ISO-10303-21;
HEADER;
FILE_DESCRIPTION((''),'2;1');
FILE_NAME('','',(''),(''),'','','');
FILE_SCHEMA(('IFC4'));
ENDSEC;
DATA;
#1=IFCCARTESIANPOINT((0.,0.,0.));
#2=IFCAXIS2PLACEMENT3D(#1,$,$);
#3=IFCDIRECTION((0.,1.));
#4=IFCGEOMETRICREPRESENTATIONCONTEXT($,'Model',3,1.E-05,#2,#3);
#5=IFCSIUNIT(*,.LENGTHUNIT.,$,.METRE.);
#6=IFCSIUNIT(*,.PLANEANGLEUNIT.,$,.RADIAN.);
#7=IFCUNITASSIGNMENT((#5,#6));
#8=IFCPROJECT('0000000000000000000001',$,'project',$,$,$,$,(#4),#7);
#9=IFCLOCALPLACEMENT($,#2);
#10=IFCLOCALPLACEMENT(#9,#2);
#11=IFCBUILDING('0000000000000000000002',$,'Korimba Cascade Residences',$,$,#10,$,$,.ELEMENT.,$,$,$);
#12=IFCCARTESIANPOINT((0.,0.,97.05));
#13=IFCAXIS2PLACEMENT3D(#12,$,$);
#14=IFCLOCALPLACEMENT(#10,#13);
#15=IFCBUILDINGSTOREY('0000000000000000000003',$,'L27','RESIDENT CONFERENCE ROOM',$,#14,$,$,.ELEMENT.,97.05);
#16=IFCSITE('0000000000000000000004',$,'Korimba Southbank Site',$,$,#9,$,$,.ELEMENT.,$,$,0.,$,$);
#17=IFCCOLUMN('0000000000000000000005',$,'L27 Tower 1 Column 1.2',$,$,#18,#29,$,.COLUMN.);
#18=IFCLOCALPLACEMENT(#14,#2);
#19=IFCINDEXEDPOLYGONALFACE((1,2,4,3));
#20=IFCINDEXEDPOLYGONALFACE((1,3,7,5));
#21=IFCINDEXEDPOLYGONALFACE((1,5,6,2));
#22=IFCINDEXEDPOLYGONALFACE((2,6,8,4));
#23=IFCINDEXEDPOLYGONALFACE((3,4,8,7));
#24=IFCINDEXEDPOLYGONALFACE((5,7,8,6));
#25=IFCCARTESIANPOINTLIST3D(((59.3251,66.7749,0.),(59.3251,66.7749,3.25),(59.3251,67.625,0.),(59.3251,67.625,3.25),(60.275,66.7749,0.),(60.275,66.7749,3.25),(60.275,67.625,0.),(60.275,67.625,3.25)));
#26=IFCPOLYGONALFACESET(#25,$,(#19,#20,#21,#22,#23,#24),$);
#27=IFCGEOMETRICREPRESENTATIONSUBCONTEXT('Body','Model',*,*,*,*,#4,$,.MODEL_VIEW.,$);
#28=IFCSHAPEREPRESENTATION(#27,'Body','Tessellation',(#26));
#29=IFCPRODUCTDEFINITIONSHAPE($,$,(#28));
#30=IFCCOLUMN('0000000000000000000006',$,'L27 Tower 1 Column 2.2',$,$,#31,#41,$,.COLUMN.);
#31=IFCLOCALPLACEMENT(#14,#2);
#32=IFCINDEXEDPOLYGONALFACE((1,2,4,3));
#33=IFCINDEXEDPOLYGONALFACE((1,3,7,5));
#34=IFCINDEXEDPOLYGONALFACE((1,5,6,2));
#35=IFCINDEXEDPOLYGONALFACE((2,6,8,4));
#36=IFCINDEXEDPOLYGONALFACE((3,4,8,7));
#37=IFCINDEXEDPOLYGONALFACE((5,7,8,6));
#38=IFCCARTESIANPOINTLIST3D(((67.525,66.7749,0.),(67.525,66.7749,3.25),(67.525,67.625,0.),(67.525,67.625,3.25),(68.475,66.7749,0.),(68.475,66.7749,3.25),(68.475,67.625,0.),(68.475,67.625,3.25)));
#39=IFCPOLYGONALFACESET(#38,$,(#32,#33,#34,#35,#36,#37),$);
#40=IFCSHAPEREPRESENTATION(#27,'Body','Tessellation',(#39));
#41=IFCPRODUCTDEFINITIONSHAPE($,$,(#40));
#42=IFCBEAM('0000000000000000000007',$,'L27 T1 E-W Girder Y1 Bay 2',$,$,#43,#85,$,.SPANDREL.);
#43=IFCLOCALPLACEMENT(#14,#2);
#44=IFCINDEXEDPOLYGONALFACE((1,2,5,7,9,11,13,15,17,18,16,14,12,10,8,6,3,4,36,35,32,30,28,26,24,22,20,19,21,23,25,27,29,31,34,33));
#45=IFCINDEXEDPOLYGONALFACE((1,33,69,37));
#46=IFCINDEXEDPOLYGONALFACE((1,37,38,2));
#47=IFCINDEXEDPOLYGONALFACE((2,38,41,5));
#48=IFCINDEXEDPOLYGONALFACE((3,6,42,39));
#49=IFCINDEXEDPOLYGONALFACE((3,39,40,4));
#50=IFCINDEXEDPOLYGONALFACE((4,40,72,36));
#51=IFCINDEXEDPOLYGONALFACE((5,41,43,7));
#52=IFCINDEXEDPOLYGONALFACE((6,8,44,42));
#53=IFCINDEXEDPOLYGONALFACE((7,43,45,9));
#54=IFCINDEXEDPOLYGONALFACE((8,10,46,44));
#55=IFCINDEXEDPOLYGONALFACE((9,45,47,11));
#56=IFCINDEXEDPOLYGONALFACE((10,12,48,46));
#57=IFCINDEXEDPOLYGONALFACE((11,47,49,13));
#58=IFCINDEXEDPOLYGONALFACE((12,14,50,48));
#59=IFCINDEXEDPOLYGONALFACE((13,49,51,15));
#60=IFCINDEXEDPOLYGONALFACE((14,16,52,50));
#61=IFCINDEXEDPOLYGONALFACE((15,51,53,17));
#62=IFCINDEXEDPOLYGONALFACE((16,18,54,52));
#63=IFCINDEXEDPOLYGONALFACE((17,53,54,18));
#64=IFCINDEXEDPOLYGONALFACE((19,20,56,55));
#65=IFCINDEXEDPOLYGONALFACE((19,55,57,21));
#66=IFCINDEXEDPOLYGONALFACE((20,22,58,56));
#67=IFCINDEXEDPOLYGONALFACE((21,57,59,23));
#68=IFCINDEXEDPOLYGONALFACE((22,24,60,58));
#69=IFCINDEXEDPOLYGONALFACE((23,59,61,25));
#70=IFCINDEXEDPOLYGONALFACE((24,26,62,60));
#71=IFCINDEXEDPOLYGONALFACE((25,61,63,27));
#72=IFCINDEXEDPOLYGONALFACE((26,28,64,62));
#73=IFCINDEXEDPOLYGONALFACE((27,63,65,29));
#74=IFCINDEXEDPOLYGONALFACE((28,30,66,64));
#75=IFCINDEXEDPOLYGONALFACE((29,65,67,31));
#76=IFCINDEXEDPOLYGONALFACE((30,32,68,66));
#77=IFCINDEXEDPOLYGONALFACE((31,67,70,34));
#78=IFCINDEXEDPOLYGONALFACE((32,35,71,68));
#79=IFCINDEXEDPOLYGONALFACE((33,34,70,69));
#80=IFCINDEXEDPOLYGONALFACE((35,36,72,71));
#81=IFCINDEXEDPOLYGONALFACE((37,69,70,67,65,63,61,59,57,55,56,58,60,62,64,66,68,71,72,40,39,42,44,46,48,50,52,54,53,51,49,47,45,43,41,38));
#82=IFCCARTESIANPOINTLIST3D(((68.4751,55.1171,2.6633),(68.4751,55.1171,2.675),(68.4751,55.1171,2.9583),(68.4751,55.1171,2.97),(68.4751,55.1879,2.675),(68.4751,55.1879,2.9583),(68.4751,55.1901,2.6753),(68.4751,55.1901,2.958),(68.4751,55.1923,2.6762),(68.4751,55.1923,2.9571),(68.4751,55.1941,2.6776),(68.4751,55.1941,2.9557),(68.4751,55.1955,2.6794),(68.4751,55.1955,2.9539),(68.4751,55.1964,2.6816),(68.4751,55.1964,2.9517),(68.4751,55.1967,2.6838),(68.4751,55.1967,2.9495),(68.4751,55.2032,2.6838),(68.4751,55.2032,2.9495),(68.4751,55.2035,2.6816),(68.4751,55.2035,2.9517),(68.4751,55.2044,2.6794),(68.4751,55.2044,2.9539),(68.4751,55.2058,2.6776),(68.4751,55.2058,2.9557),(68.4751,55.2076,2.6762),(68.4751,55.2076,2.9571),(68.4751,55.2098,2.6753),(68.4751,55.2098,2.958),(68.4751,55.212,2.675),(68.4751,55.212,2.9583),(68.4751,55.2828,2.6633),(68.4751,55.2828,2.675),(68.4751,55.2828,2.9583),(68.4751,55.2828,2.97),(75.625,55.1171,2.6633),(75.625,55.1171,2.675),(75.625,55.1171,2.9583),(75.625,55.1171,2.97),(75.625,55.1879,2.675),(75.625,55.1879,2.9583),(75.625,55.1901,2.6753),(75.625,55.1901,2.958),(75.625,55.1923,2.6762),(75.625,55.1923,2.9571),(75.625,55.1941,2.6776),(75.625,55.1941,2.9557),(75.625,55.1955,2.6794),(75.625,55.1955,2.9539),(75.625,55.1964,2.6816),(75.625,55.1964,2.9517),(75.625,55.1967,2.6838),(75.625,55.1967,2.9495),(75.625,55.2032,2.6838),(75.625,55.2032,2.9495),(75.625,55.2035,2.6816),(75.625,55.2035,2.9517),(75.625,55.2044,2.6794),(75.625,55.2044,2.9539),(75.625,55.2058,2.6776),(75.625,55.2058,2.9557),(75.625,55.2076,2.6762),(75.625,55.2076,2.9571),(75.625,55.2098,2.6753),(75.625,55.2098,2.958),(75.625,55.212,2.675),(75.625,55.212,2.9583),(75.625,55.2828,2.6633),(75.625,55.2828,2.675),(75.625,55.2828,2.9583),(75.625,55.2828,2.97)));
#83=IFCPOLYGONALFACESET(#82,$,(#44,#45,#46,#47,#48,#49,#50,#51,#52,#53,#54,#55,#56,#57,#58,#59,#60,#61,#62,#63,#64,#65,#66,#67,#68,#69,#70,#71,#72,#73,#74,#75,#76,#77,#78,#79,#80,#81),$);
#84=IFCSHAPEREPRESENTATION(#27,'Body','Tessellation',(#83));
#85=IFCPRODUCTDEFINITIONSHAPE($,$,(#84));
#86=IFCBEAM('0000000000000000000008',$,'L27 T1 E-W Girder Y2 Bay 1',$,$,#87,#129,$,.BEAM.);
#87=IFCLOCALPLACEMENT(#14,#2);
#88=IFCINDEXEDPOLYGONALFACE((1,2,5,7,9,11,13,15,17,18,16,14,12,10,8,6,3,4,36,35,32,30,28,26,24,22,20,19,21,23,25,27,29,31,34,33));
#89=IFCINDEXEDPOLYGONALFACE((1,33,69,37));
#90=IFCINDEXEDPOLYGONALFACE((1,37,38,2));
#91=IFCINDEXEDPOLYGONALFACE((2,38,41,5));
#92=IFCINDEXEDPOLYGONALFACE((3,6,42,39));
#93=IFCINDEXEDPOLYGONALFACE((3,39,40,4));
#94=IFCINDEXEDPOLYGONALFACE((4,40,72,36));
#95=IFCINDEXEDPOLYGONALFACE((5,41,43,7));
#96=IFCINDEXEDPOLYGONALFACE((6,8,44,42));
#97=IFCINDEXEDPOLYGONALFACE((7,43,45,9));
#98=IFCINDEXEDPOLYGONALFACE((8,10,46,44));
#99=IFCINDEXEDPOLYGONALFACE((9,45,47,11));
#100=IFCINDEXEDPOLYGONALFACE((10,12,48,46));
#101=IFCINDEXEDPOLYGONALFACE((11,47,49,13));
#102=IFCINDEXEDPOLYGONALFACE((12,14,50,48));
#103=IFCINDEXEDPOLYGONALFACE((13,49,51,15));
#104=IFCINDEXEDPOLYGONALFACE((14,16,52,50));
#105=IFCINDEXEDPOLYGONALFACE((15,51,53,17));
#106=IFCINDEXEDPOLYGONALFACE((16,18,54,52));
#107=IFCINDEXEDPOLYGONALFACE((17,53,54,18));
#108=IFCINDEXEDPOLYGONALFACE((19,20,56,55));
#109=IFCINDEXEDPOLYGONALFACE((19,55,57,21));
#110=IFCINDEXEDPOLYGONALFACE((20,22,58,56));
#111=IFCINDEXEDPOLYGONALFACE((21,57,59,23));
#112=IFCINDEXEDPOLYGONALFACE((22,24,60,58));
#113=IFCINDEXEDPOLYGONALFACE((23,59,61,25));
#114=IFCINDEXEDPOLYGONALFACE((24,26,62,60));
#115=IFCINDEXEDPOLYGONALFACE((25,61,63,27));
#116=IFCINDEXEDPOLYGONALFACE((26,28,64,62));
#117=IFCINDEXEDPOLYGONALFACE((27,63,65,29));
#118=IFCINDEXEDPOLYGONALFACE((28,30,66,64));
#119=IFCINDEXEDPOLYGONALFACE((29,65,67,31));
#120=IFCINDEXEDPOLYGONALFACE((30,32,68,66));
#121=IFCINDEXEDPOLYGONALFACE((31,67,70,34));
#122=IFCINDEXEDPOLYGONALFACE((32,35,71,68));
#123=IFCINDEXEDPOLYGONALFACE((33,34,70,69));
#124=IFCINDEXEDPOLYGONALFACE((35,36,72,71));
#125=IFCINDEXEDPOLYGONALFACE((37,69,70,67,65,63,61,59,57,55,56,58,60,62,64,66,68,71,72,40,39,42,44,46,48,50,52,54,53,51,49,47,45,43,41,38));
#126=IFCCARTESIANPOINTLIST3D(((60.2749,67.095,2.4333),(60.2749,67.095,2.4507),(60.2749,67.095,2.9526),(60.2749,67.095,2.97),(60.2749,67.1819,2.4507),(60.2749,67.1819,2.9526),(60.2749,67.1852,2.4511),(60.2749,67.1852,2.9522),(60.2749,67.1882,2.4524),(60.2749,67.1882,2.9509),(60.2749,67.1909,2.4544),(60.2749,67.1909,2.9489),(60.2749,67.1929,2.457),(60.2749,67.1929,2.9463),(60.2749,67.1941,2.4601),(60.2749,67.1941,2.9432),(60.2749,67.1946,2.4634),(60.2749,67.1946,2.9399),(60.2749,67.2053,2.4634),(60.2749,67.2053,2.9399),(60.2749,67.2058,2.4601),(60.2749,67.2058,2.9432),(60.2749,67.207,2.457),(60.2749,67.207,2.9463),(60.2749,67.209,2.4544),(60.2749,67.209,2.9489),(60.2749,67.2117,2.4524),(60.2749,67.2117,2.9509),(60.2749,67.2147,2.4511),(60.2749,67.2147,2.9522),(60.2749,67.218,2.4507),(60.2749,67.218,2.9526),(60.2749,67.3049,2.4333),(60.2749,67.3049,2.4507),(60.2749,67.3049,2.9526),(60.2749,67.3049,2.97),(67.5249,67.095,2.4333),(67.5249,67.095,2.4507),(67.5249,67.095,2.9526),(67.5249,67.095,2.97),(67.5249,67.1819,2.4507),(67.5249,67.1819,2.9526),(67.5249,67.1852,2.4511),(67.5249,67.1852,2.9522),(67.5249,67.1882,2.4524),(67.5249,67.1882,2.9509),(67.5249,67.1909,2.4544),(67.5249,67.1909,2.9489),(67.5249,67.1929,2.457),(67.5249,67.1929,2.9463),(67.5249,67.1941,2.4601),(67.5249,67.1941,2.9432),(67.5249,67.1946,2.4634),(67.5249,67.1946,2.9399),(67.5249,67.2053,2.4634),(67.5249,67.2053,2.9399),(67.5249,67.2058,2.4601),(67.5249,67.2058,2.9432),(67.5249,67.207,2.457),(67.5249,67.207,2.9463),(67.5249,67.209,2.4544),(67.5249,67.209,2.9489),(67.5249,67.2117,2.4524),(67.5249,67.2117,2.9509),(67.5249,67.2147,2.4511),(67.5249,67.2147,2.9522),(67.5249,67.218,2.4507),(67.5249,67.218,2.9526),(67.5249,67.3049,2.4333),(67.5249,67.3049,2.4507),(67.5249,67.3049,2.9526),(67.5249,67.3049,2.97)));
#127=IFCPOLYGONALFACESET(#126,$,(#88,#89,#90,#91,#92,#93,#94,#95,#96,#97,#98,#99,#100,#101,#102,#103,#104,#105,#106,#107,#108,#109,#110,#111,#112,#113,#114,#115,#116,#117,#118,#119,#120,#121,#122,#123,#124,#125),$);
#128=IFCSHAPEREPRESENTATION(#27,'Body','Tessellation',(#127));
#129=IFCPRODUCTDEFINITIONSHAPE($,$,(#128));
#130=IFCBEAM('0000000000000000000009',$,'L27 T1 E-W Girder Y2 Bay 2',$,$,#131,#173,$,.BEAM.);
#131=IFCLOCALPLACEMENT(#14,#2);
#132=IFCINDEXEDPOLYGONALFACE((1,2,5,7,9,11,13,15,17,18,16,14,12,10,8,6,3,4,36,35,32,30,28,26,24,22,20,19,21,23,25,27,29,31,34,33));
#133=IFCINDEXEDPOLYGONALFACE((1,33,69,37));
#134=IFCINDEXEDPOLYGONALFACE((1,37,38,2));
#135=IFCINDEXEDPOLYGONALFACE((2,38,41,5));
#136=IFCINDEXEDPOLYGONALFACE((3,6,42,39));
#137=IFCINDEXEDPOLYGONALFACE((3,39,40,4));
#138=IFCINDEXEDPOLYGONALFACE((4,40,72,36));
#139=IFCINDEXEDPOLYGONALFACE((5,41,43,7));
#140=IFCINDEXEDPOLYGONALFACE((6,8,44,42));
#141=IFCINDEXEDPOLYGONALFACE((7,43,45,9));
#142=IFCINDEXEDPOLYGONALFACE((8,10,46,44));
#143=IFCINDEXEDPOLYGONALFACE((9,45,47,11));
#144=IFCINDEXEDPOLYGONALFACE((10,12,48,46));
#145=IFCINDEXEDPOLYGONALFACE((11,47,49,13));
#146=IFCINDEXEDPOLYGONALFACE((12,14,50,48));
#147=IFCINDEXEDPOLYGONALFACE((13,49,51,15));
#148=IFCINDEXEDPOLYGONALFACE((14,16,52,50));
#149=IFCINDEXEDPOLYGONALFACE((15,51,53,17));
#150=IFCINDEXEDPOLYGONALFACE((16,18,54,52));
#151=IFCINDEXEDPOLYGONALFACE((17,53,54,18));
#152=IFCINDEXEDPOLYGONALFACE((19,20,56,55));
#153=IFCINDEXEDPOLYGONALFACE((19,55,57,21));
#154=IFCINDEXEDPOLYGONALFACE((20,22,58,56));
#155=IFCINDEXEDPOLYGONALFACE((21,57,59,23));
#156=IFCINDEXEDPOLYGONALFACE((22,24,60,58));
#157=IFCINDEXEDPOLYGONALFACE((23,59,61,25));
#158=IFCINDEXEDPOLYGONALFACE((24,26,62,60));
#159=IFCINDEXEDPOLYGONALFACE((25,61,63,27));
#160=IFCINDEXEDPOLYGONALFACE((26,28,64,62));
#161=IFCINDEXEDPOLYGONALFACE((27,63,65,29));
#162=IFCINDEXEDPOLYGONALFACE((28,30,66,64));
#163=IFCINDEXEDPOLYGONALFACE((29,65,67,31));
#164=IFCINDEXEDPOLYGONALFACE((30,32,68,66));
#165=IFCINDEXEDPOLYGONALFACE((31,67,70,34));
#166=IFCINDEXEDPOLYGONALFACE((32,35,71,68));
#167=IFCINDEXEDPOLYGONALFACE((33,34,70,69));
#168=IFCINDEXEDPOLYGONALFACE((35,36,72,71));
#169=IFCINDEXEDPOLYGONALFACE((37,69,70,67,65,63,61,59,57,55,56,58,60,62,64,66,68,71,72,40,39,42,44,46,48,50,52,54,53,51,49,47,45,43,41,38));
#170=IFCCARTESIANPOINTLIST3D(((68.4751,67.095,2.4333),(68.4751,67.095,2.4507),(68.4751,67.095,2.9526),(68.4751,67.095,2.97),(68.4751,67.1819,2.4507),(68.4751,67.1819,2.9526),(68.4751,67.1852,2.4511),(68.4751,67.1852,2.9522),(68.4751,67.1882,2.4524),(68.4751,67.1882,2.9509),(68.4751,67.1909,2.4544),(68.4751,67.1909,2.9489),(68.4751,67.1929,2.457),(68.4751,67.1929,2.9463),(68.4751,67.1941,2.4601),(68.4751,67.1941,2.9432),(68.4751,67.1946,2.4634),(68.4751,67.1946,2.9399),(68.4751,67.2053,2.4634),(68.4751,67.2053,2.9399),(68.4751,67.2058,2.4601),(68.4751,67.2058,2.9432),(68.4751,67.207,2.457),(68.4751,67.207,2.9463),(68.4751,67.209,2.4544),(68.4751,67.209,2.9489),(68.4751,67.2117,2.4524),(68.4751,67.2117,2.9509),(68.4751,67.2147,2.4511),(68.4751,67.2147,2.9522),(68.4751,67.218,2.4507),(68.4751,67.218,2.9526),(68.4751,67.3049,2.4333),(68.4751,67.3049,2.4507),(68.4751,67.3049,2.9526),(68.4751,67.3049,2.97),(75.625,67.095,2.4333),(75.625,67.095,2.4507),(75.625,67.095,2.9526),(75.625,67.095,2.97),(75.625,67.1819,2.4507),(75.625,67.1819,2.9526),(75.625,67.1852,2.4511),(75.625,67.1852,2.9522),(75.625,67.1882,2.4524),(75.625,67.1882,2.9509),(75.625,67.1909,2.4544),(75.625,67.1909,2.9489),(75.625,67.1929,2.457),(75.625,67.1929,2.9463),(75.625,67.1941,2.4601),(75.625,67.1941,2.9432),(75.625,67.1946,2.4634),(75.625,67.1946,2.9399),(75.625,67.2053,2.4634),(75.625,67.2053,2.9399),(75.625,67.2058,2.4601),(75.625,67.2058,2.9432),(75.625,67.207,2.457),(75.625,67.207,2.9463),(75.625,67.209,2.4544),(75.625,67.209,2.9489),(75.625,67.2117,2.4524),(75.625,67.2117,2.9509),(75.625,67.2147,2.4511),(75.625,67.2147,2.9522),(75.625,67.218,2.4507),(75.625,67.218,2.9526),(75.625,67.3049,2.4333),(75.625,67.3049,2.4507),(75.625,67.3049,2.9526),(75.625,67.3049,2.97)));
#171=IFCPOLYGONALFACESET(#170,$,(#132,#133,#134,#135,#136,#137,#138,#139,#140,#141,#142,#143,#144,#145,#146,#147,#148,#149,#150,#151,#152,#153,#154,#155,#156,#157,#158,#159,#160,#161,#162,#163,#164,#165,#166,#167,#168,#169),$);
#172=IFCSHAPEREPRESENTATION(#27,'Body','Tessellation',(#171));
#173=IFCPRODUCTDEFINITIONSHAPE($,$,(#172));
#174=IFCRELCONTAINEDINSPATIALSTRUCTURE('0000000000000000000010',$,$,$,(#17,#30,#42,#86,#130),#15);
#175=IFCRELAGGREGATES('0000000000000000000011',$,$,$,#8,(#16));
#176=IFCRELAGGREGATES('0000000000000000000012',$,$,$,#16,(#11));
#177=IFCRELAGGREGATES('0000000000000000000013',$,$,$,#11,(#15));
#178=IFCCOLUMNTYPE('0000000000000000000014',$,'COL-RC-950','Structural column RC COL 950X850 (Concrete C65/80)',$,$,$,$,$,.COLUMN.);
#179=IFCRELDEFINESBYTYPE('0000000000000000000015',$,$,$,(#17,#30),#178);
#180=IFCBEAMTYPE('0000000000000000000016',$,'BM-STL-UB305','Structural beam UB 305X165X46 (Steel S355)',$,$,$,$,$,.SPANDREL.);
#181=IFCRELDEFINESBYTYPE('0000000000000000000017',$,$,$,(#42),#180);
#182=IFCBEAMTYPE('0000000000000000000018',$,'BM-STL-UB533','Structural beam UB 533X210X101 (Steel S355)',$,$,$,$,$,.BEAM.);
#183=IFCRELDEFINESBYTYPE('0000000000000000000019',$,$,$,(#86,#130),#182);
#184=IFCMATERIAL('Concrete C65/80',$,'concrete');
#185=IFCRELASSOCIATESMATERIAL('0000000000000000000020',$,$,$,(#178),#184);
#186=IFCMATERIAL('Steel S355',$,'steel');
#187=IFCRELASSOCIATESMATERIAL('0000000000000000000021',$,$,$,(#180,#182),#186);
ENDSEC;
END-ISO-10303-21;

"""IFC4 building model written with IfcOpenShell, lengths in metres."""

from ifc_helpers import new_model, si_unit, direction, frame, origin, origin_2d, place, context, subcontext, project, spatial, rectangle, i_section, extrude, material, material_profile, profile_set, type_object, element, save


model = new_model("IFC4")

# Units and contexts
model_context = context("Model", 3, precision=1e-05, world=origin(), true_north=direction((0.0, 1.0)))
body_context = subcontext(model_context, "Body", "Model", "MODEL_VIEW")
ifc_project = project(units=[si_unit("LENGTHUNIT", "METRE"), si_unit("PLANEANGLEUNIT", "RADIAN")], contexts=[model_context])

# Site, building, storey
site_placement = place(None, origin())
site = spatial("IfcSite", under=ifc_project, at=site_placement, Name="Korimba Southbank Site", CompositionType="ELEMENT", RefElevation=0.0)
building_placement = place(site_placement, origin())
building = spatial("IfcBuilding", under=site, at=building_placement, Name="Korimba Cascade Residences", CompositionType="ELEMENT")
storey_placement = place(building_placement, frame((0.0, 0.0, 97.05)))
storey = spatial("IfcBuildingStorey", under=building, at=storey_placement, Name="L27", Description="RESIDENT CONFERENCE ROOM", CompositionType="ELEMENT", Elevation=97.05)

# Columns
ifc_material_1 = material(Name="Concrete C65/80", Category="concrete")
ifc_material_profile_1 = material_profile(ifc_material_1, rectangle(XDim=0.95, YDim=0.8501, at=origin_2d()), Name="Concrete C65/80")
ifc_profile_set_1 = profile_set([ifc_material_profile_1], Name="Concrete C65/80")
column_type = type_object("IfcColumnType", Name="COL-RC-950", Description="Structural column RC COL 950X850 (Concrete C65/80)", PredefinedType="COLUMN", material=ifc_profile_set_1)
for number, where, z_axis, x_axis, name in (
    (1, (59.8, 67.2, 0.0), (0.0, 0.0, 1.0), (1.0, 0.0, 0.0), "L27 Tower 1 Column 1.2"),
    (2, (68.0, 67.2, 0.0), (0.0, 0.0, 1.0), (1.0, 0.0, 0.0), "L27 Tower 1 Column 2.2"),
):
    element("IfcColumn", number, at=place(storey_placement, frame(where, z_axis=z_axis, x_axis=x_axis)), inside=storey, type_object=column_type, Name=name, PredefinedType="COLUMN", context=body_context, shape_type="SweptSolid", body=[
        extrude(rectangle(XDim=0.95, YDim=0.8501, at=origin_2d()), origin(), (0.0, 0.0, 1.0), 3.25),
    ])

# Beams
ifc_material_2 = material(Name="Steel S355", Category="steel")
ifc_material_profile_2 = material_profile(ifc_material_2, i_section(OverallWidth=0.1658, OverallDepth=0.3066, WebThickness=0.0066, FlangeThickness=0.0117, FilletRadius=0.0088, at=origin_2d()), Name="Steel S355")
ifc_profile_set_2 = profile_set([ifc_material_profile_2], Name="Steel S355")
beam_type_1 = type_object("IfcBeamType", Name="BM-STL-UB305", Description="Structural beam UB 305X165X46 (Steel S355)", PredefinedType="SPANDREL", material=ifc_profile_set_2)
beam_1_placement = place(storey_placement, frame((68.4751, 55.2, 2.8167), z_axis=(1.0, 0.0, 0.0), x_axis=(0.0, 1.0, 0.0)))
element("IfcBeam", 3, at=beam_1_placement, inside=storey, type_object=beam_type_1, Name="L27 T1 E-W Girder Y1 Bay 2", PredefinedType="SPANDREL", context=body_context, shape_type="SweptSolid", body=[
    extrude(i_section(OverallWidth=0.1658, OverallDepth=0.3066, WebThickness=0.0066, FlangeThickness=0.0117, FilletRadius=0.0088, at=origin_2d()), origin(), (0.0, 0.0, 1.0), 7.1499),
])
ifc_material_profile_3 = material_profile(ifc_material_2, i_section(OverallWidth=0.21, OverallDepth=0.5366, WebThickness=0.0107, FlangeThickness=0.0173, FilletRadius=0.0127, at=origin_2d()), Name="Steel S355")
ifc_profile_set_3 = profile_set([ifc_material_profile_3], Name="Steel S355")
beam_type_2 = type_object("IfcBeamType", Name="BM-STL-UB533", Description="Structural beam UB 533X210X101 (Steel S355)", PredefinedType="BEAM", material=ifc_profile_set_3)
beam_2_placement = place(storey_placement, frame((60.2749, 67.2, 2.7017), z_axis=(1.0, 0.0, 0.0), x_axis=(0.0, 1.0, 0.0)))
element("IfcBeam", 4, at=beam_2_placement, inside=storey, type_object=beam_type_2, Name="L27 T1 E-W Girder Y2 Bay 1", PredefinedType="BEAM", context=body_context, shape_type="SweptSolid", body=[
    extrude(i_section(OverallWidth=0.21, OverallDepth=0.5366, WebThickness=0.0107, FlangeThickness=0.0173, FilletRadius=0.0127, at=origin_2d()), origin(), (0.0, 0.0, 1.0), 7.25),
])
beam_3_placement = place(storey_placement, frame((68.4751, 67.2, 2.7017), z_axis=(1.0, 0.0, 0.0), x_axis=(0.0, 1.0, 0.0)))
element("IfcBeam", 5, at=beam_3_placement, inside=storey, type_object=beam_type_2, Name="L27 T1 E-W Girder Y2 Bay 2", PredefinedType="BEAM", context=body_context, shape_type="SweptSolid", body=[
    extrude(i_section(OverallWidth=0.21, OverallDepth=0.5366, WebThickness=0.0107, FlangeThickness=0.0173, FilletRadius=0.0127, at=origin_2d()), origin(), (0.0, 0.0, 1.0), 7.1499),
])

save(model, "model.ifc")
